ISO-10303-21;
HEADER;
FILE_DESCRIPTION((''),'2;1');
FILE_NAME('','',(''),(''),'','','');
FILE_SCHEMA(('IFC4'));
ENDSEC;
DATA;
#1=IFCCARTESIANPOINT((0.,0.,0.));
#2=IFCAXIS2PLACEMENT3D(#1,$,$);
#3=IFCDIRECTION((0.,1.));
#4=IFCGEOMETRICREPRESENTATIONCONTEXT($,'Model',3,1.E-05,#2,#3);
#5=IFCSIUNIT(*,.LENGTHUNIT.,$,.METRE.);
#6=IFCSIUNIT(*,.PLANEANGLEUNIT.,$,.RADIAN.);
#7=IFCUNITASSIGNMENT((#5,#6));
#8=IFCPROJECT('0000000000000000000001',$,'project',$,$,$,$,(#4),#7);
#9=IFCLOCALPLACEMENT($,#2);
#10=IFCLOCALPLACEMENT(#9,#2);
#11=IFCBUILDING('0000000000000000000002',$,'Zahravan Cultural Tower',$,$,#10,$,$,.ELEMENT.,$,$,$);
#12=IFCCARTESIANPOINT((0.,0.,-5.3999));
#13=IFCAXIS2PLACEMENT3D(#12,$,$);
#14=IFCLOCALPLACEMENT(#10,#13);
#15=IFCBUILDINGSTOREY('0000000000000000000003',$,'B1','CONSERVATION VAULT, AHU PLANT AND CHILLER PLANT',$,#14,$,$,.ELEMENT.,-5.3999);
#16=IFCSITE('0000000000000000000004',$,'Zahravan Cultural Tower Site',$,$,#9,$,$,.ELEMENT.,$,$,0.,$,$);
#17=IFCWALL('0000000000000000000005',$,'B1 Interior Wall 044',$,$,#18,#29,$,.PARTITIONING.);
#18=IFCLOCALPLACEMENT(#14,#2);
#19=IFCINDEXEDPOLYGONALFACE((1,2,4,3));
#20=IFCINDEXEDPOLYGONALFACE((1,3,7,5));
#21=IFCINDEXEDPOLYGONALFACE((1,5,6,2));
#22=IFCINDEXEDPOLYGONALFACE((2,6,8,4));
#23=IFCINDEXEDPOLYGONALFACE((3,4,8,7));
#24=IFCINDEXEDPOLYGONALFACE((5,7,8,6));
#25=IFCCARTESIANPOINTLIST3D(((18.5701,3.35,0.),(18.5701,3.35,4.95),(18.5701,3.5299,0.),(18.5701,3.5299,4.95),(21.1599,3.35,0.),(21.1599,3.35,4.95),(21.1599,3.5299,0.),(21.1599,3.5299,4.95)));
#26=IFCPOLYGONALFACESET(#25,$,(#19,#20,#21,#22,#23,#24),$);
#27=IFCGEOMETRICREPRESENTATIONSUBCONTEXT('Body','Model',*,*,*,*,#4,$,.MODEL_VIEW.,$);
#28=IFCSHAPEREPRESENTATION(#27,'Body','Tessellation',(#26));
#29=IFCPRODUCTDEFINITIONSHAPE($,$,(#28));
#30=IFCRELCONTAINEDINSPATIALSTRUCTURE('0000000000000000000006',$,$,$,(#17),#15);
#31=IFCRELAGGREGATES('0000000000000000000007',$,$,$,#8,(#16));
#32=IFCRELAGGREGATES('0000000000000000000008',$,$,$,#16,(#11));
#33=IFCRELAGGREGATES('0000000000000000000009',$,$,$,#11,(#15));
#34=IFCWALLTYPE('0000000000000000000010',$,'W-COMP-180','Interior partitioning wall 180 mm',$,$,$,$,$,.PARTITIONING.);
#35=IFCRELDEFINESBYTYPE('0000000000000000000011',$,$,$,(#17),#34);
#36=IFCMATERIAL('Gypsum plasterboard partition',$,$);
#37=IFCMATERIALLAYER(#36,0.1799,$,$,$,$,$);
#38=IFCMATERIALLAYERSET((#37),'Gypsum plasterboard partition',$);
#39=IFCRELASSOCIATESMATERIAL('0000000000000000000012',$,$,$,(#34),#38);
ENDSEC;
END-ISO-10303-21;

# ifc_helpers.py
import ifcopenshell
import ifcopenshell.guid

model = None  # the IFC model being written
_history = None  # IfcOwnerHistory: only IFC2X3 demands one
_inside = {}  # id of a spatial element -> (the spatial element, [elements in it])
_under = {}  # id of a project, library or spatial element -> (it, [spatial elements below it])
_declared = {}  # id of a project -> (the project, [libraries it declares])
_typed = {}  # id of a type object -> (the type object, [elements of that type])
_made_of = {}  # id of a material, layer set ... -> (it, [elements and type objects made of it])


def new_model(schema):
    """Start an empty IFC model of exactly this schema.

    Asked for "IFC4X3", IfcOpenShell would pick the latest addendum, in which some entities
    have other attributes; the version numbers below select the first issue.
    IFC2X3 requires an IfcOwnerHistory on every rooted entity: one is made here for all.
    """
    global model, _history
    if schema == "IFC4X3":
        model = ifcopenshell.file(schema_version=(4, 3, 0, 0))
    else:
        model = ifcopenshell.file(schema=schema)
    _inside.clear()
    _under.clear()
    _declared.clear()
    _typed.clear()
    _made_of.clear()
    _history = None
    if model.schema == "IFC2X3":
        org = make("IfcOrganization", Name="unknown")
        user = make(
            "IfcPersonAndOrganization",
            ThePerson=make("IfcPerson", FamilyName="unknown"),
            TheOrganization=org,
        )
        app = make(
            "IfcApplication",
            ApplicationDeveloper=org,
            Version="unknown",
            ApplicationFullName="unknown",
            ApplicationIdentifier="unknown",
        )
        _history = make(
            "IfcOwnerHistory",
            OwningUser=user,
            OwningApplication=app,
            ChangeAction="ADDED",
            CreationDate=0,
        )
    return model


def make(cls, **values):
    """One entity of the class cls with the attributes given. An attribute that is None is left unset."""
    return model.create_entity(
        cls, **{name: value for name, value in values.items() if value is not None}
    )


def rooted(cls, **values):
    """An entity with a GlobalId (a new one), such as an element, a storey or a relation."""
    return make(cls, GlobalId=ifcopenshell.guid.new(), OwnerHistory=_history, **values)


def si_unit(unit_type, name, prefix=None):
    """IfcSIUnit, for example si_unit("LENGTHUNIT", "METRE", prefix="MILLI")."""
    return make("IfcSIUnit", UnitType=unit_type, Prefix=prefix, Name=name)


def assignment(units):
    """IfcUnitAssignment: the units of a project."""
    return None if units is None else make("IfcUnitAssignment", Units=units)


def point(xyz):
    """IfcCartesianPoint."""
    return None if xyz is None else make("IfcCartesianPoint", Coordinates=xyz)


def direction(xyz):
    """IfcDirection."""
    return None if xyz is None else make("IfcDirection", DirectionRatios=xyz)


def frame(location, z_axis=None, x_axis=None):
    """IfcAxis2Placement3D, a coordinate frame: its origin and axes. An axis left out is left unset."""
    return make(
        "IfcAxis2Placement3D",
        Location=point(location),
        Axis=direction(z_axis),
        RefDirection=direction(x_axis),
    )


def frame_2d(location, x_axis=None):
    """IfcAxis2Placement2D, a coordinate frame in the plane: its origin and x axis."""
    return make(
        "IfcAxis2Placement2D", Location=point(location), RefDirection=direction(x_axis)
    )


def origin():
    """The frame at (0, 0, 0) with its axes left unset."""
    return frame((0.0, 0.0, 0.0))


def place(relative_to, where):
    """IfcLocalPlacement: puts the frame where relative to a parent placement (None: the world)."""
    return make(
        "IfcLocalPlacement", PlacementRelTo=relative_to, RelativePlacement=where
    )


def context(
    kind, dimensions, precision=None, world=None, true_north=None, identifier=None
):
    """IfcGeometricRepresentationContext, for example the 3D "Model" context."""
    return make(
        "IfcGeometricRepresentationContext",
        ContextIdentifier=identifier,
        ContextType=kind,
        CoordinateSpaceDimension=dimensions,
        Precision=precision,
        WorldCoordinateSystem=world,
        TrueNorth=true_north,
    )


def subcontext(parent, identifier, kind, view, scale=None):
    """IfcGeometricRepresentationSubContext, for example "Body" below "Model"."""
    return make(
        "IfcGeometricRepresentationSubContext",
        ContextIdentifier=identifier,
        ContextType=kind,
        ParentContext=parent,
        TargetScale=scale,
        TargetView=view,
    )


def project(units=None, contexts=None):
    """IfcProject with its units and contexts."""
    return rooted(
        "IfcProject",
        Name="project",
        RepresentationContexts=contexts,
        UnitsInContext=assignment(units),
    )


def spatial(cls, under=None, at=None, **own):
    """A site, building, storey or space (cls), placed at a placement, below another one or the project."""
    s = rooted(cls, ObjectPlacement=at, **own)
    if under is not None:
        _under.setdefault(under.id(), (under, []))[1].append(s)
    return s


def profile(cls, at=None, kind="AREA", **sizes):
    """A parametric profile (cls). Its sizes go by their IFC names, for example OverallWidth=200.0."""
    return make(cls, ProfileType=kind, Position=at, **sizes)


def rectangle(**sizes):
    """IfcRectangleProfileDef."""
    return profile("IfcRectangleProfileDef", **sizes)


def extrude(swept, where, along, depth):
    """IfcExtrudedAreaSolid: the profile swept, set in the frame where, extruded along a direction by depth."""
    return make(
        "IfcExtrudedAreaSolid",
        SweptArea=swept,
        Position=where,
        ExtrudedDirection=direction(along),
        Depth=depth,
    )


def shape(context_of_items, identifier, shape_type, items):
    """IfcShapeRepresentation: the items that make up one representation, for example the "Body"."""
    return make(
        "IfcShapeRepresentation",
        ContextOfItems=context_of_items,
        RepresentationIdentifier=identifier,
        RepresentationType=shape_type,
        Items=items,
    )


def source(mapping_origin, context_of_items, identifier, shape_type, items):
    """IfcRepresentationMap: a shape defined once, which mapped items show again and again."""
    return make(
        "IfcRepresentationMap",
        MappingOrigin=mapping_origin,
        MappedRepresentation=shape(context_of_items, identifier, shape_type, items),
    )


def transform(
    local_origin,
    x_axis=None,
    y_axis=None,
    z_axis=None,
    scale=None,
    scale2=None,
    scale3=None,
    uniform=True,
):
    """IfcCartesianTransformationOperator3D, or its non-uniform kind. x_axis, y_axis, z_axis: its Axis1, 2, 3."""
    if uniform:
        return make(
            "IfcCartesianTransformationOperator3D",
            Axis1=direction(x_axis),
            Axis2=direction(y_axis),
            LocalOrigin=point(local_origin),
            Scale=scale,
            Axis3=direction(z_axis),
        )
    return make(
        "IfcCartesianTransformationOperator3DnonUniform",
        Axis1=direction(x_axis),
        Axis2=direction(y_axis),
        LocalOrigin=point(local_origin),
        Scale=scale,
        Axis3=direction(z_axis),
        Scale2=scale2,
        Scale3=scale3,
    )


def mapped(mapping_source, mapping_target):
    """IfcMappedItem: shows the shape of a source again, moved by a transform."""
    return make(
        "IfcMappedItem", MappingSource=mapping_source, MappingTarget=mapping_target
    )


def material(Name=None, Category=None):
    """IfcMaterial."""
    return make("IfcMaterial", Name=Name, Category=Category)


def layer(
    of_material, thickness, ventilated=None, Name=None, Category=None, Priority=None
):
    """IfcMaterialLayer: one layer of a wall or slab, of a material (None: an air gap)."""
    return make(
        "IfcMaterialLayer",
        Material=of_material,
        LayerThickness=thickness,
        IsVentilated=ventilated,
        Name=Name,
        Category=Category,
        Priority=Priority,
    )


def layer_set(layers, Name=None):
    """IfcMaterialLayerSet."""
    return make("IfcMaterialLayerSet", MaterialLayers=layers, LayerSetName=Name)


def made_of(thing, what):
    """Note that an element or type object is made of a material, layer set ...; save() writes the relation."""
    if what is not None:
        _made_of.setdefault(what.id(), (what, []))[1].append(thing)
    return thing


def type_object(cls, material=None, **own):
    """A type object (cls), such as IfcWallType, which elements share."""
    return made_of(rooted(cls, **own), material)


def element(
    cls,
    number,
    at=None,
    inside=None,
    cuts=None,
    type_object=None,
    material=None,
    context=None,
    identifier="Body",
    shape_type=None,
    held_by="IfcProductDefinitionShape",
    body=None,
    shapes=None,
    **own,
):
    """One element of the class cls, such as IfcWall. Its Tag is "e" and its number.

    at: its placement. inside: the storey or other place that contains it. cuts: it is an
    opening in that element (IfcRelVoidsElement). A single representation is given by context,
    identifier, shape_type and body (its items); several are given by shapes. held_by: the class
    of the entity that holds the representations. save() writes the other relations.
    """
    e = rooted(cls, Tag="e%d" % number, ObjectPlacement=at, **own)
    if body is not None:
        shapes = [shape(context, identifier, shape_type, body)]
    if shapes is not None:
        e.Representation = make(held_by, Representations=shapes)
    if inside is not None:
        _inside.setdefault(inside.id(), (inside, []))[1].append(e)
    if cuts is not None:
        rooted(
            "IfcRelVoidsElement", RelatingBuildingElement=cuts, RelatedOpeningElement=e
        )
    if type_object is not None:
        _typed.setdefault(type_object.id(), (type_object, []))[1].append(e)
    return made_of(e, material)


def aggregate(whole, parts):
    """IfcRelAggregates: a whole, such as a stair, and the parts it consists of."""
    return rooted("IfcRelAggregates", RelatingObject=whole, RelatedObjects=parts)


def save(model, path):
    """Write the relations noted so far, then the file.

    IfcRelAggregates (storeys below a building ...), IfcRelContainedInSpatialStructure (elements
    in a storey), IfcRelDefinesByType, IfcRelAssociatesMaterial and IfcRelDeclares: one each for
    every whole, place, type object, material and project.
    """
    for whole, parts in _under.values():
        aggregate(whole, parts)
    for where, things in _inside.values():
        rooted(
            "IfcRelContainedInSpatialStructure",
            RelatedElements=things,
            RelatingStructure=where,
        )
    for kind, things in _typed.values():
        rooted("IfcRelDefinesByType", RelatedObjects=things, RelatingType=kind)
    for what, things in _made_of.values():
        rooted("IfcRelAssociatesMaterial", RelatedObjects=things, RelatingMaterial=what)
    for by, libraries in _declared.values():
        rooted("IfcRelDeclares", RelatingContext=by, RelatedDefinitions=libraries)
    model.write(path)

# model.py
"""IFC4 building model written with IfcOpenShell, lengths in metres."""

from ifc_helpers import new_model, si_unit, direction, frame, frame_2d, origin, place, context, subcontext, project, spatial, rectangle, extrude, source, transform, mapped, material, layer, layer_set, type_object, element, save


model = new_model("IFC4")

# Units and contexts
model_context = context("Model", 3, precision=1e-05, world=origin(), true_north=direction((0.0, 1.0)))
body_context = subcontext(model_context, "Body", "Model", "MODEL_VIEW")
ifc_project = project(units=[si_unit("LENGTHUNIT", "METRE"), si_unit("PLANEANGLEUNIT", "RADIAN")], contexts=[model_context])

# Site, building, storey
site_placement = place(None, origin())
site = spatial("IfcSite", under=ifc_project, at=site_placement, Name="Zahravan Cultural Tower Site", CompositionType="ELEMENT", RefElevation=0.0)
building_placement = place(site_placement, origin())
building = spatial("IfcBuilding", under=site, at=building_placement, Name="Zahravan Cultural Tower", CompositionType="ELEMENT")
storey_placement = place(building_placement, frame((0.0, 0.0, -5.3999)))
storey = spatial("IfcBuildingStorey", under=building, at=storey_placement, Name="B1", Description="CONSERVATION VAULT, AHU PLANT AND CHILLER PLANT", CompositionType="ELEMENT", Elevation=-5.3999)

# Shared definitions
ifc_material_1 = material(Name="Gypsum plasterboard partition")
ifc_layer_1 = layer(ifc_material_1, 0.1799)
ifc_layer_set_1 = layer_set([ifc_layer_1], Name="Gypsum plasterboard partition")
wall_type_1 = type_object("IfcWallType", Name="W-COMP-180", Description="Interior partitioning wall 180 mm", PredefinedType="PARTITIONING", material=ifc_layer_set_1)

# Wall
shared_shape_1 = source(origin(), body_context, "Body", "SweptSolid", [
    extrude(rectangle(XDim=2.5898, YDim=0.1799, at=frame_2d((1.2949, 0.0))), origin(), (0.0, 0.0, 1.0), 4.95),
])
wall_1_placement = place(storey_placement, frame((21.1599, 3.4399, 0.0), z_axis=(0.0, 0.0, 1.0), x_axis=(-1.0, 0.0, 0.0)))
element("IfcWall", 1, at=wall_1_placement, inside=storey, type_object=wall_type_1, Name="B1 Interior Wall 044", PredefinedType="PARTITIONING", context=body_context, shape_type="MappedRepresentation", body=[
    mapped(shared_shape_1, transform((0.0, 0.0, 0.0), x_axis=(1.0, 0.0, 0.0), y_axis=(0.0, 1.0, 0.0), z_axis=(0.0, 0.0, 1.0), scale=1.0)),
])

save(model, "model.ifc")
